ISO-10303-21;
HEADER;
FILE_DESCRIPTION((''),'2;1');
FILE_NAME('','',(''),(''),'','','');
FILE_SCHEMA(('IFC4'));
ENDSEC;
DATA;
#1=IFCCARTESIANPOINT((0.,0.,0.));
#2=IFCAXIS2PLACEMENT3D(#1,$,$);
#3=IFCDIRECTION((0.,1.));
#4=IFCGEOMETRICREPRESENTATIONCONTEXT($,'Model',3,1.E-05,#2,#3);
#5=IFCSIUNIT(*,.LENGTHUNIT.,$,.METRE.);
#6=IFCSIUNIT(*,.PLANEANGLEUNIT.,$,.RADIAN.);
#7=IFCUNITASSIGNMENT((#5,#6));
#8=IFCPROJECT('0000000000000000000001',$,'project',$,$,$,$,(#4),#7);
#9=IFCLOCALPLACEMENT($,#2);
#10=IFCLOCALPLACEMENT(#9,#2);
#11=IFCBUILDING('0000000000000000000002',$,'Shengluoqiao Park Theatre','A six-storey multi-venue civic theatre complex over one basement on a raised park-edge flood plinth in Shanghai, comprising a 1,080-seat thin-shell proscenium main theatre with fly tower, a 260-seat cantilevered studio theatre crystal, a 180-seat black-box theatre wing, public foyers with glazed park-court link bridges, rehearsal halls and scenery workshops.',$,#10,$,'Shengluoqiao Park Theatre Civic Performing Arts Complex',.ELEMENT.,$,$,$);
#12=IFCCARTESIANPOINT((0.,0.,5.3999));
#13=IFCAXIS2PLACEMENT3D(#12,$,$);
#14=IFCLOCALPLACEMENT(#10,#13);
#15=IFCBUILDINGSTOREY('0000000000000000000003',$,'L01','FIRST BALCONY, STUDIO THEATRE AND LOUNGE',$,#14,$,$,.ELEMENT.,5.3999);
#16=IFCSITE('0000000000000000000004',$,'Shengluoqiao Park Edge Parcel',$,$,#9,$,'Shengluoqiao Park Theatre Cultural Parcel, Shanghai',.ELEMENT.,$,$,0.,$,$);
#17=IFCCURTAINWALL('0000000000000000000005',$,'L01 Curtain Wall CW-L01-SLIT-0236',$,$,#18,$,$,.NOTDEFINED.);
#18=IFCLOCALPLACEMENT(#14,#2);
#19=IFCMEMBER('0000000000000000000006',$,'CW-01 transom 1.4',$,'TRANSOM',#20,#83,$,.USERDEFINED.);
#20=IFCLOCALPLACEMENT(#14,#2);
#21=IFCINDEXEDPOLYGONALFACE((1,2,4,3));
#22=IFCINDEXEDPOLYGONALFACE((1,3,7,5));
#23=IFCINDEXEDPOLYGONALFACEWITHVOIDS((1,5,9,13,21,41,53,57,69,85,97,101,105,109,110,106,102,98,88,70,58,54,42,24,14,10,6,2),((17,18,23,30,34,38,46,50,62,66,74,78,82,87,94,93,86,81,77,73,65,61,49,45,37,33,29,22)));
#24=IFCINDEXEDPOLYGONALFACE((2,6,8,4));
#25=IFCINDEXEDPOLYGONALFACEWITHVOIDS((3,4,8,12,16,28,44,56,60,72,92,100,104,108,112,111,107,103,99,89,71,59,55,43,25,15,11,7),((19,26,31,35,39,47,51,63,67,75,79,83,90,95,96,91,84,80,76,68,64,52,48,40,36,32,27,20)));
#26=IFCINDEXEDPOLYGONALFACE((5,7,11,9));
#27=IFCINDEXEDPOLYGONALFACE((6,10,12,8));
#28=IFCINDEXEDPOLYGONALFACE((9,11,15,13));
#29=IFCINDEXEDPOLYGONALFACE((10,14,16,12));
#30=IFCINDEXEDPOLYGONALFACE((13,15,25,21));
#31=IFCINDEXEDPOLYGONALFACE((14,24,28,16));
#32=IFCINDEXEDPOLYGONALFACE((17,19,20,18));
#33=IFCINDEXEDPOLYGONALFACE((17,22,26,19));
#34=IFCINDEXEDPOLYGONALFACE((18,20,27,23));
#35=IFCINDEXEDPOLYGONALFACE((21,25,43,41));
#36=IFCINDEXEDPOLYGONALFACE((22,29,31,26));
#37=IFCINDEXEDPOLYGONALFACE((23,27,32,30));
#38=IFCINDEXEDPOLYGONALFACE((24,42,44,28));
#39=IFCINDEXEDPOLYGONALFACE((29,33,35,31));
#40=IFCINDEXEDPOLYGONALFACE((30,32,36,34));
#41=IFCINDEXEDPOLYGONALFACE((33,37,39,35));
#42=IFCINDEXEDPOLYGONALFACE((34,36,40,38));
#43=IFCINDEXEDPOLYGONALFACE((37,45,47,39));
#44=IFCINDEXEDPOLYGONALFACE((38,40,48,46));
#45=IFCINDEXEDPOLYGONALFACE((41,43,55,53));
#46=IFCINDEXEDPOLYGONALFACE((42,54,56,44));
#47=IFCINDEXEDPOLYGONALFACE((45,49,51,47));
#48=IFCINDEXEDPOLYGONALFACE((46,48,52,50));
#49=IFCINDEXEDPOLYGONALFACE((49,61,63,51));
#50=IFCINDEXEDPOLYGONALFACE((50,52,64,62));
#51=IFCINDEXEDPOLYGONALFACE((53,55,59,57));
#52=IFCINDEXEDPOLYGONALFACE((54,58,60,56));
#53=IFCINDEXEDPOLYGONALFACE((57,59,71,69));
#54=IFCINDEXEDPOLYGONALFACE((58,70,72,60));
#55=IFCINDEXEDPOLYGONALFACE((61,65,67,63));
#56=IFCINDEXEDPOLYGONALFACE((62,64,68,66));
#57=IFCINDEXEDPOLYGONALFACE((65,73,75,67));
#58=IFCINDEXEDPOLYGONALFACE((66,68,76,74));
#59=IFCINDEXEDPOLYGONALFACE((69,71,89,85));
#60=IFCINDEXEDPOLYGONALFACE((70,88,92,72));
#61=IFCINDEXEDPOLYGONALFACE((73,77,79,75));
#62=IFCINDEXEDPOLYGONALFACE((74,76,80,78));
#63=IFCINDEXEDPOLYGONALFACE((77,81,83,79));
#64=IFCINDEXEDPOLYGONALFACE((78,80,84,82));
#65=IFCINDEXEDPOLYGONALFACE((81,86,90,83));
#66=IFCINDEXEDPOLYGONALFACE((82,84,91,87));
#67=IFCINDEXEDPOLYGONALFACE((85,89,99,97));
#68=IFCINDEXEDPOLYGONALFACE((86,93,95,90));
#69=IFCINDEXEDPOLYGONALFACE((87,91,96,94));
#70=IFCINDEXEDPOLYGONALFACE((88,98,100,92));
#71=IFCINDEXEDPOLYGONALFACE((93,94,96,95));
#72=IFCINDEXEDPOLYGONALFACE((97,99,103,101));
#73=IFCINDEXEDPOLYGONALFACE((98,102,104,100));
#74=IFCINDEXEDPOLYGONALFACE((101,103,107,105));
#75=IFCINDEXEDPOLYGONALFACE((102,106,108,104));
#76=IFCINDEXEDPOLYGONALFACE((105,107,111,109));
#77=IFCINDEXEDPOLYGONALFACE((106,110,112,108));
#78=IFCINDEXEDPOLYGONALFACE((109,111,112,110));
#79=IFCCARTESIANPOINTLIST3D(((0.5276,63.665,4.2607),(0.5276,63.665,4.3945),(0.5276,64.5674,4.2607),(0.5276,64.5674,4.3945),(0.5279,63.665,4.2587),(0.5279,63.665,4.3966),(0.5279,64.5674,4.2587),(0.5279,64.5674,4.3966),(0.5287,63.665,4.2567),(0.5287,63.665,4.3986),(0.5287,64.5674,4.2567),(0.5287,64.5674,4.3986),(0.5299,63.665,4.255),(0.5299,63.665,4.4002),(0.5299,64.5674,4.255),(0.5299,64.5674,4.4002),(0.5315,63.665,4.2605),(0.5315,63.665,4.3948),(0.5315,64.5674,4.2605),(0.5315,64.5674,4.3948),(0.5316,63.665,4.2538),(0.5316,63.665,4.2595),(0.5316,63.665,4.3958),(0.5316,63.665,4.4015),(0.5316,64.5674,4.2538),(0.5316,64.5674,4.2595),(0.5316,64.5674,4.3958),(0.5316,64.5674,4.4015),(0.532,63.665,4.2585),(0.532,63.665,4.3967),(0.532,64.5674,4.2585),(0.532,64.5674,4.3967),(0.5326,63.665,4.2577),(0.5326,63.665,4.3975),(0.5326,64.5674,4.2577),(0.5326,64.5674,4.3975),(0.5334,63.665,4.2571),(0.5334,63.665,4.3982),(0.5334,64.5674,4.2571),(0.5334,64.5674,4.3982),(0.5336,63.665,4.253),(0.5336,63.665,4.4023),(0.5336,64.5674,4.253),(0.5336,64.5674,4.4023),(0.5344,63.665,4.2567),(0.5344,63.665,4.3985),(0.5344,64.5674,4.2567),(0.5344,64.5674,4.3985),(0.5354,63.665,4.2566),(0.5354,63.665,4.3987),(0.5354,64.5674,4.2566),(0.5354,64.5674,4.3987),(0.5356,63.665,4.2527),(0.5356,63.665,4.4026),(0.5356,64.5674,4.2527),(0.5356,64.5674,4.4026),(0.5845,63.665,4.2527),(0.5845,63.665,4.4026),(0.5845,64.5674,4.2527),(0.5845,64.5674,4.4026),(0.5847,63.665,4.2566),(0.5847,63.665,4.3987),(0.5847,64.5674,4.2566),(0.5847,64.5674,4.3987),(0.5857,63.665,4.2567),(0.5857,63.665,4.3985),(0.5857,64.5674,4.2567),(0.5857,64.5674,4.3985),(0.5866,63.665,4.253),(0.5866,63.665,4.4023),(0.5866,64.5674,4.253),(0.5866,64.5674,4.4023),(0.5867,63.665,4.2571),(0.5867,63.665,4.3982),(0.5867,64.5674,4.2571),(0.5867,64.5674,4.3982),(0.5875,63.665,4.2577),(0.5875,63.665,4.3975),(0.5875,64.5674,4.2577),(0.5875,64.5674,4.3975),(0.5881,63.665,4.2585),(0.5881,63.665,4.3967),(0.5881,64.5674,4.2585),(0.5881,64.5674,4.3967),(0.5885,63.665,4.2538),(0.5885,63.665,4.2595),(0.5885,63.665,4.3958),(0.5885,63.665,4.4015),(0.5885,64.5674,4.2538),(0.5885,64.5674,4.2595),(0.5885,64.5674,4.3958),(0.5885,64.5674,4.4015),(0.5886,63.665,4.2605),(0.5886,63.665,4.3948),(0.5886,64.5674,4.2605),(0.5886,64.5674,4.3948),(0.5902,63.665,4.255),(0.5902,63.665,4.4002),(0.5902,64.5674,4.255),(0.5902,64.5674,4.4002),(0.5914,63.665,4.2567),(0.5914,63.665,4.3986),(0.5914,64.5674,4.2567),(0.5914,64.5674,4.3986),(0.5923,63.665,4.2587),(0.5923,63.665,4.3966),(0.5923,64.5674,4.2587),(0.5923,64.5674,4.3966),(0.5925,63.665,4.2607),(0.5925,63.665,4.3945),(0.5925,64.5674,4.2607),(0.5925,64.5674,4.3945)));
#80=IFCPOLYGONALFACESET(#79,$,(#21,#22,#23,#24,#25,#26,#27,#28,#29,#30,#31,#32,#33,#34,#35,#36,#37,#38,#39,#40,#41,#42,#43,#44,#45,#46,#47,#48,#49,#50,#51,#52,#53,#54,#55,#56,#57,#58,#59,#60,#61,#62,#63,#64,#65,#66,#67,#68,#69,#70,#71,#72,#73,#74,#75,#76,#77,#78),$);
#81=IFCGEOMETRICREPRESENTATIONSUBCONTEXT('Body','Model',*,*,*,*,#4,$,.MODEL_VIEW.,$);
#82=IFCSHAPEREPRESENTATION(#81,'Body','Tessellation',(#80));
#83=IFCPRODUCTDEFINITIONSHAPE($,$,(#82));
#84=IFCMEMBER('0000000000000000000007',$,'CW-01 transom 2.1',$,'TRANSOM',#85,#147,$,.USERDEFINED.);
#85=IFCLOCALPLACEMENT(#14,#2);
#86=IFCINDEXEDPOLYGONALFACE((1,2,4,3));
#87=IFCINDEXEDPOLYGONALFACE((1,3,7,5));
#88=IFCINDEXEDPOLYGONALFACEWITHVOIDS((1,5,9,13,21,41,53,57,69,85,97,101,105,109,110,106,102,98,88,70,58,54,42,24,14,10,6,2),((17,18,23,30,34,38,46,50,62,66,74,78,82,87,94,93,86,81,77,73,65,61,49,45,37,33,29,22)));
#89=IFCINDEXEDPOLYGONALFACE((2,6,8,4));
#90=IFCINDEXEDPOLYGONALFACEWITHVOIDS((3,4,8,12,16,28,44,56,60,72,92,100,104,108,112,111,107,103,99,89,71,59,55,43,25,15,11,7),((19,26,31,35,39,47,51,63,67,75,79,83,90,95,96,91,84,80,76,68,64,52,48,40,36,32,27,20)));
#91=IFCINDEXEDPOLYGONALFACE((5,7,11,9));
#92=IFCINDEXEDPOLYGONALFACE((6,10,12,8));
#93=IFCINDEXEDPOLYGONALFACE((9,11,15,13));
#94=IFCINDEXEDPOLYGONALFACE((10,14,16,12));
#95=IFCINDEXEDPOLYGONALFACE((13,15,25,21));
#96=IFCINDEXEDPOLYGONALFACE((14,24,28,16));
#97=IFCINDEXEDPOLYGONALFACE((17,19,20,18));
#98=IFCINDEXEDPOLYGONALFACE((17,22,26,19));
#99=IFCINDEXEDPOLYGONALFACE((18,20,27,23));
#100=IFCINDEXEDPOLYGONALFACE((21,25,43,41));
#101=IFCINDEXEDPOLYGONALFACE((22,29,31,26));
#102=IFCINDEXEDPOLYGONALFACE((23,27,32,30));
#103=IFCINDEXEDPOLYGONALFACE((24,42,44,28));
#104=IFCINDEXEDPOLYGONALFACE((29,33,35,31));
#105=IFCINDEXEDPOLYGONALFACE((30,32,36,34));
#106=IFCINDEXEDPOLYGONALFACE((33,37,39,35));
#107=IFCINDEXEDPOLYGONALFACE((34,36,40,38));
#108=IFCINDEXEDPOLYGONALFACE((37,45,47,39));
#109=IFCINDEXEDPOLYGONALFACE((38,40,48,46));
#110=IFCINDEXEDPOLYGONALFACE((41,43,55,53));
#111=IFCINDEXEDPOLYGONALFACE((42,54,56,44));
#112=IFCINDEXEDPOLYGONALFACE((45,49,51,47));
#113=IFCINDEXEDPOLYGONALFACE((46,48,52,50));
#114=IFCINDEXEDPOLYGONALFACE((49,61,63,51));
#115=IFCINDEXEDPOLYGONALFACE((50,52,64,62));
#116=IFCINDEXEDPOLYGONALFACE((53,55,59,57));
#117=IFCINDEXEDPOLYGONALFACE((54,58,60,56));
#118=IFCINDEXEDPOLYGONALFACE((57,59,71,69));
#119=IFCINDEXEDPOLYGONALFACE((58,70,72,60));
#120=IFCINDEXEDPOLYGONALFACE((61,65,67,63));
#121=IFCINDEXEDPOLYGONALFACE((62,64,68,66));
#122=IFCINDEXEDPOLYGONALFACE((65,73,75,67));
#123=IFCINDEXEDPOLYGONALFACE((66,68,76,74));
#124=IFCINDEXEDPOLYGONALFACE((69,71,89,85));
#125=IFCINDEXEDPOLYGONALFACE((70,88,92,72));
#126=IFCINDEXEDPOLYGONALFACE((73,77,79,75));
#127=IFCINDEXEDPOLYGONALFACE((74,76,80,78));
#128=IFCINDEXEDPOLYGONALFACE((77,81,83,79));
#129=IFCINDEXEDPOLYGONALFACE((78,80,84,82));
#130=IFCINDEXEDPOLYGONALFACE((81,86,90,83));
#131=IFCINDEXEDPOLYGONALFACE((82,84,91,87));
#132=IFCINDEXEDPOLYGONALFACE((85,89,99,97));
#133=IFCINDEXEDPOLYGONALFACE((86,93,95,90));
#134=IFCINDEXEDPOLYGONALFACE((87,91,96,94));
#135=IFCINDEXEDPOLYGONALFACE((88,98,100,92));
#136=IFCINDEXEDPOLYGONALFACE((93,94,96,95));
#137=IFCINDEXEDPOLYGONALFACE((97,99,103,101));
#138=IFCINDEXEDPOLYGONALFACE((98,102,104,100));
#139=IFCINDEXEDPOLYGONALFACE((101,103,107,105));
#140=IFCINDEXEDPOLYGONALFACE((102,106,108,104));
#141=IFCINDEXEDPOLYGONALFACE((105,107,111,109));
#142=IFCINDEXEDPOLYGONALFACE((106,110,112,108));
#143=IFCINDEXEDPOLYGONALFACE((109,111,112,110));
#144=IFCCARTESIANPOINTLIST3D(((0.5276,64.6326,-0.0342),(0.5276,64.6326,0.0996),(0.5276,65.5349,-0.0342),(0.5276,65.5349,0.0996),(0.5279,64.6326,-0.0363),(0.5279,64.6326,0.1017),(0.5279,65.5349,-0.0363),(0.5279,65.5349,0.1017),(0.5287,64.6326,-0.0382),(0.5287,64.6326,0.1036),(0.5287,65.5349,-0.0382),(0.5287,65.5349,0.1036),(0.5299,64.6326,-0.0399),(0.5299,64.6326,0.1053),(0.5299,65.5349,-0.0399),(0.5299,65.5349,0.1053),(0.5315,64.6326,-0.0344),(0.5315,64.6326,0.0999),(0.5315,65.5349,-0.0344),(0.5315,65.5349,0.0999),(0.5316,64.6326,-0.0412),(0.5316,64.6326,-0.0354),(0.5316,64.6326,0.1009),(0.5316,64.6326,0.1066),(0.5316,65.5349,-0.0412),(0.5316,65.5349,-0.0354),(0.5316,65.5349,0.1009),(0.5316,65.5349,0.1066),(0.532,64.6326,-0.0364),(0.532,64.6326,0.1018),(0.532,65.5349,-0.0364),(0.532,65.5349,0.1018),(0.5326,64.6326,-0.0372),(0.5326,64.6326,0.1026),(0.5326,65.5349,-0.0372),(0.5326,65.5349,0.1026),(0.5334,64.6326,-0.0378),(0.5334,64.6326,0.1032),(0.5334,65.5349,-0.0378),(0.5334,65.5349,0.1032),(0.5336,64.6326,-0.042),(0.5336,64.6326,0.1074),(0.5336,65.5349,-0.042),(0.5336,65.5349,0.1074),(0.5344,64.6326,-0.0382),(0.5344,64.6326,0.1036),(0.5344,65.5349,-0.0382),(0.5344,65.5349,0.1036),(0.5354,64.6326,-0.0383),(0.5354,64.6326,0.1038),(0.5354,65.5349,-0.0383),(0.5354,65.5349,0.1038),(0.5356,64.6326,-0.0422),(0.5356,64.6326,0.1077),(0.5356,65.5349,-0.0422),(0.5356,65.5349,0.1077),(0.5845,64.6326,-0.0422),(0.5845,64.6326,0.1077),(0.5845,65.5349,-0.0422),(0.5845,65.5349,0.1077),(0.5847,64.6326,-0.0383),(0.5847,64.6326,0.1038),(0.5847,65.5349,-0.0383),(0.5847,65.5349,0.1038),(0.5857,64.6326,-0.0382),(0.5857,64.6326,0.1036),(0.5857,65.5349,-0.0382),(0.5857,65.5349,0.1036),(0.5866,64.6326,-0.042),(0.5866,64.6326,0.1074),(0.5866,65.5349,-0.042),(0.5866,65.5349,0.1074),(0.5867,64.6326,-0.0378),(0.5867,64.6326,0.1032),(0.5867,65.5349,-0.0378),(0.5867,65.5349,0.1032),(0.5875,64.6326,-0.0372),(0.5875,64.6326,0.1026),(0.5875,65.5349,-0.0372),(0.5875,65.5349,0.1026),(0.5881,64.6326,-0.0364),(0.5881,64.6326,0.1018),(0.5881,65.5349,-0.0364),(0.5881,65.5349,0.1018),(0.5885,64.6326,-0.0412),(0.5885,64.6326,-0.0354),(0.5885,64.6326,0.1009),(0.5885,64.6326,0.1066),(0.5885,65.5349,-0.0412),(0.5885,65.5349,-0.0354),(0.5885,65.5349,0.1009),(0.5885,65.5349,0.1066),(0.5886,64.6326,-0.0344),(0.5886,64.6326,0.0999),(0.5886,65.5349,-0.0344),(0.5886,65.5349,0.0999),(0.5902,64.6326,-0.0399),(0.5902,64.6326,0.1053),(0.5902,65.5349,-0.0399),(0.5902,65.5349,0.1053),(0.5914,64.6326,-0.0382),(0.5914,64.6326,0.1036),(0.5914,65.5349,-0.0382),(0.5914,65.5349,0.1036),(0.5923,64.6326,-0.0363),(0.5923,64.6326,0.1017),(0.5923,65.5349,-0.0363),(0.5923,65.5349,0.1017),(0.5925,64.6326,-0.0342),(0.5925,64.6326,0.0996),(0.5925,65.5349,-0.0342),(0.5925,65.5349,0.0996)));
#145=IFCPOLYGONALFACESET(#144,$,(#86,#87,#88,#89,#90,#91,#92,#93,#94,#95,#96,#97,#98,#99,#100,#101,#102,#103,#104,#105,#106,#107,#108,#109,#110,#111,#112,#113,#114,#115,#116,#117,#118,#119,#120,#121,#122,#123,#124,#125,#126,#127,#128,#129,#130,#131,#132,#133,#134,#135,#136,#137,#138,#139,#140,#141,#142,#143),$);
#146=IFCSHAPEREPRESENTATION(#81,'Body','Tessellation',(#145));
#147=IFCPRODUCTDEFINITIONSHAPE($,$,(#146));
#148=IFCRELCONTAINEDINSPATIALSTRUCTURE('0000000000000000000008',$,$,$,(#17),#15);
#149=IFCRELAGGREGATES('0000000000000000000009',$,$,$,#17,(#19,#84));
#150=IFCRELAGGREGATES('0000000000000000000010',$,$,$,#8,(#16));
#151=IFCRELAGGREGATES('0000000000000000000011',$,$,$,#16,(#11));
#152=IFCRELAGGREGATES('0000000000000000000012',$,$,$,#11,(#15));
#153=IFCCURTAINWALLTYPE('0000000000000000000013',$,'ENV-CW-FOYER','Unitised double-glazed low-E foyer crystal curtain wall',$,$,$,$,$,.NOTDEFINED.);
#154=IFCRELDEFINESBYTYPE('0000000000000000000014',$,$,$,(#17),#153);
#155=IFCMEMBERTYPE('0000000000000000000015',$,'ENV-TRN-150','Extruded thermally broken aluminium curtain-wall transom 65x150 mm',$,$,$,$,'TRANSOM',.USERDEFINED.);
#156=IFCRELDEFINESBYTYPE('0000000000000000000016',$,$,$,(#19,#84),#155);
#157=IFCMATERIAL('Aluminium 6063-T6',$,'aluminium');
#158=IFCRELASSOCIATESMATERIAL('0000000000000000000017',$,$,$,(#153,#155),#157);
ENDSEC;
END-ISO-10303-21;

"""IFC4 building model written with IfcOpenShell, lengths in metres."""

from ifc_helpers import new_model, si_unit, direction, frame, origin, origin_2d, place, context, subcontext, project, spatial, hollow_rectangle, extrude, material, material_profile, profile_set, type_object, element, aggregate, save


model = new_model("IFC4")

# Units and contexts
model_context = context("Model", 3, precision=1e-05, world=origin(), true_north=direction((0.0, 1.0)))
body_context = subcontext(model_context, "Body", "Model", "MODEL_VIEW")
ifc_project = project(units=[si_unit("LENGTHUNIT", "METRE"), si_unit("PLANEANGLEUNIT", "RADIAN")], contexts=[model_context])

# Site, building, storey
site_placement = place(None, origin())
site = spatial("IfcSite", under=ifc_project, at=site_placement, Name="Shengluoqiao Park Edge Parcel", LongName="Shengluoqiao Park Theatre Cultural Parcel, Shanghai", CompositionType="ELEMENT", RefElevation=0.0)
building_placement = place(site_placement, origin())
building = spatial("IfcBuilding", under=site, at=building_placement, Name="Shengluoqiao Park Theatre", Description="A six-storey multi-venue civic theatre complex over one basement on a raised park-edge flood plinth in Shanghai, comprising a 1,080-seat thin-shell proscenium main theatre with fly tower, a 260-seat cantilevered studio theatre crystal, a 180-seat black-box theatre wing, public foyers with glazed park-court link bridges, rehearsal halls and scenery workshops.", LongName="Shengluoqiao Park Theatre Civic Performing Arts Complex", CompositionType="ELEMENT")
storey_placement = place(building_placement, frame((0.0, 0.0, 5.3999)))
storey = spatial("IfcBuildingStorey", under=building, at=storey_placement, Name="L01", Description="FIRST BALCONY, STUDIO THEATRE AND LOUNGE", CompositionType="ELEMENT", Elevation=5.3999)

# Curtain wall, members
ifc_material_1 = material(Name="Aluminium 6063-T6", Category="aluminium")
curtain_wall_type = type_object("IfcCurtainWallType", Name="ENV-CW-FOYER", Description="Unitised double-glazed low-E foyer crystal curtain wall", PredefinedType="NOTDEFINED", material=ifc_material_1)
curtain_wall_placement = place(storey_placement, origin())
curtain_wall = element("IfcCurtainWall", 1, at=curtain_wall_placement, inside=storey, type_object=curtain_wall_type, Name="L01 Curtain Wall CW-L01-SLIT-0236", PredefinedType="NOTDEFINED")
ifc_material_profile_1 = material_profile(ifc_material_1, hollow_rectangle(XDim=0.0649, YDim=0.1499, WallThickness=0.0039, InnerFilletRadius=0.0039, OuterFilletRadius=0.0081, at=origin_2d()), Name="ALU TRANSOM 150x65x4")
ifc_profile_set_1 = profile_set([ifc_material_profile_1], Name="Aluminium 6063-T6")
member_type_1 = type_object("IfcMemberType", Name="ENV-TRN-150", Description="Extruded thermally broken aluminium curtain-wall transom 65x150 mm", ElementType="TRANSOM", PredefinedType="USERDEFINED", material=ifc_profile_set_1)
member_1_placement = place(storey_placement, frame((0.5601, 63.665, 4.3276), z_axis=(0.0, 1.0, 0.0), x_axis=(-1.0, 0.0, 0.0)))
member_1 = element("IfcMember", 2, at=member_1_placement, type_object=member_type_1, Name="CW-01 transom 1.4", ObjectType="TRANSOM", PredefinedType="USERDEFINED", context=body_context, shape_type="SweptSolid", body=[
    extrude(hollow_rectangle(XDim=0.0649, YDim=0.1499, WallThickness=0.0039, InnerFilletRadius=0.0039, OuterFilletRadius=0.0081, at=origin_2d()), origin(), (0.0, 0.0, 1.0), 0.9023),
])
member_2_placement = place(storey_placement, frame((0.5601, 64.6326, 0.0327), z_axis=(0.0, 1.0, 0.0), x_axis=(-1.0, 0.0, 0.0)))
member_2 = element("IfcMember", 3, at=member_2_placement, type_object=member_type_1, Name="CW-01 transom 2.1", ObjectType="TRANSOM", PredefinedType="USERDEFINED", context=body_context, shape_type="SweptSolid", body=[
    extrude(hollow_rectangle(XDim=0.0649, YDim=0.1499, WallThickness=0.0039, InnerFilletRadius=0.0039, OuterFilletRadius=0.0081, at=origin_2d()), origin(), (0.0, 0.0, 1.0), 0.9023),
])

aggregate(curtain_wall, [member_1, member_2])

save(model, "model.ifc")
